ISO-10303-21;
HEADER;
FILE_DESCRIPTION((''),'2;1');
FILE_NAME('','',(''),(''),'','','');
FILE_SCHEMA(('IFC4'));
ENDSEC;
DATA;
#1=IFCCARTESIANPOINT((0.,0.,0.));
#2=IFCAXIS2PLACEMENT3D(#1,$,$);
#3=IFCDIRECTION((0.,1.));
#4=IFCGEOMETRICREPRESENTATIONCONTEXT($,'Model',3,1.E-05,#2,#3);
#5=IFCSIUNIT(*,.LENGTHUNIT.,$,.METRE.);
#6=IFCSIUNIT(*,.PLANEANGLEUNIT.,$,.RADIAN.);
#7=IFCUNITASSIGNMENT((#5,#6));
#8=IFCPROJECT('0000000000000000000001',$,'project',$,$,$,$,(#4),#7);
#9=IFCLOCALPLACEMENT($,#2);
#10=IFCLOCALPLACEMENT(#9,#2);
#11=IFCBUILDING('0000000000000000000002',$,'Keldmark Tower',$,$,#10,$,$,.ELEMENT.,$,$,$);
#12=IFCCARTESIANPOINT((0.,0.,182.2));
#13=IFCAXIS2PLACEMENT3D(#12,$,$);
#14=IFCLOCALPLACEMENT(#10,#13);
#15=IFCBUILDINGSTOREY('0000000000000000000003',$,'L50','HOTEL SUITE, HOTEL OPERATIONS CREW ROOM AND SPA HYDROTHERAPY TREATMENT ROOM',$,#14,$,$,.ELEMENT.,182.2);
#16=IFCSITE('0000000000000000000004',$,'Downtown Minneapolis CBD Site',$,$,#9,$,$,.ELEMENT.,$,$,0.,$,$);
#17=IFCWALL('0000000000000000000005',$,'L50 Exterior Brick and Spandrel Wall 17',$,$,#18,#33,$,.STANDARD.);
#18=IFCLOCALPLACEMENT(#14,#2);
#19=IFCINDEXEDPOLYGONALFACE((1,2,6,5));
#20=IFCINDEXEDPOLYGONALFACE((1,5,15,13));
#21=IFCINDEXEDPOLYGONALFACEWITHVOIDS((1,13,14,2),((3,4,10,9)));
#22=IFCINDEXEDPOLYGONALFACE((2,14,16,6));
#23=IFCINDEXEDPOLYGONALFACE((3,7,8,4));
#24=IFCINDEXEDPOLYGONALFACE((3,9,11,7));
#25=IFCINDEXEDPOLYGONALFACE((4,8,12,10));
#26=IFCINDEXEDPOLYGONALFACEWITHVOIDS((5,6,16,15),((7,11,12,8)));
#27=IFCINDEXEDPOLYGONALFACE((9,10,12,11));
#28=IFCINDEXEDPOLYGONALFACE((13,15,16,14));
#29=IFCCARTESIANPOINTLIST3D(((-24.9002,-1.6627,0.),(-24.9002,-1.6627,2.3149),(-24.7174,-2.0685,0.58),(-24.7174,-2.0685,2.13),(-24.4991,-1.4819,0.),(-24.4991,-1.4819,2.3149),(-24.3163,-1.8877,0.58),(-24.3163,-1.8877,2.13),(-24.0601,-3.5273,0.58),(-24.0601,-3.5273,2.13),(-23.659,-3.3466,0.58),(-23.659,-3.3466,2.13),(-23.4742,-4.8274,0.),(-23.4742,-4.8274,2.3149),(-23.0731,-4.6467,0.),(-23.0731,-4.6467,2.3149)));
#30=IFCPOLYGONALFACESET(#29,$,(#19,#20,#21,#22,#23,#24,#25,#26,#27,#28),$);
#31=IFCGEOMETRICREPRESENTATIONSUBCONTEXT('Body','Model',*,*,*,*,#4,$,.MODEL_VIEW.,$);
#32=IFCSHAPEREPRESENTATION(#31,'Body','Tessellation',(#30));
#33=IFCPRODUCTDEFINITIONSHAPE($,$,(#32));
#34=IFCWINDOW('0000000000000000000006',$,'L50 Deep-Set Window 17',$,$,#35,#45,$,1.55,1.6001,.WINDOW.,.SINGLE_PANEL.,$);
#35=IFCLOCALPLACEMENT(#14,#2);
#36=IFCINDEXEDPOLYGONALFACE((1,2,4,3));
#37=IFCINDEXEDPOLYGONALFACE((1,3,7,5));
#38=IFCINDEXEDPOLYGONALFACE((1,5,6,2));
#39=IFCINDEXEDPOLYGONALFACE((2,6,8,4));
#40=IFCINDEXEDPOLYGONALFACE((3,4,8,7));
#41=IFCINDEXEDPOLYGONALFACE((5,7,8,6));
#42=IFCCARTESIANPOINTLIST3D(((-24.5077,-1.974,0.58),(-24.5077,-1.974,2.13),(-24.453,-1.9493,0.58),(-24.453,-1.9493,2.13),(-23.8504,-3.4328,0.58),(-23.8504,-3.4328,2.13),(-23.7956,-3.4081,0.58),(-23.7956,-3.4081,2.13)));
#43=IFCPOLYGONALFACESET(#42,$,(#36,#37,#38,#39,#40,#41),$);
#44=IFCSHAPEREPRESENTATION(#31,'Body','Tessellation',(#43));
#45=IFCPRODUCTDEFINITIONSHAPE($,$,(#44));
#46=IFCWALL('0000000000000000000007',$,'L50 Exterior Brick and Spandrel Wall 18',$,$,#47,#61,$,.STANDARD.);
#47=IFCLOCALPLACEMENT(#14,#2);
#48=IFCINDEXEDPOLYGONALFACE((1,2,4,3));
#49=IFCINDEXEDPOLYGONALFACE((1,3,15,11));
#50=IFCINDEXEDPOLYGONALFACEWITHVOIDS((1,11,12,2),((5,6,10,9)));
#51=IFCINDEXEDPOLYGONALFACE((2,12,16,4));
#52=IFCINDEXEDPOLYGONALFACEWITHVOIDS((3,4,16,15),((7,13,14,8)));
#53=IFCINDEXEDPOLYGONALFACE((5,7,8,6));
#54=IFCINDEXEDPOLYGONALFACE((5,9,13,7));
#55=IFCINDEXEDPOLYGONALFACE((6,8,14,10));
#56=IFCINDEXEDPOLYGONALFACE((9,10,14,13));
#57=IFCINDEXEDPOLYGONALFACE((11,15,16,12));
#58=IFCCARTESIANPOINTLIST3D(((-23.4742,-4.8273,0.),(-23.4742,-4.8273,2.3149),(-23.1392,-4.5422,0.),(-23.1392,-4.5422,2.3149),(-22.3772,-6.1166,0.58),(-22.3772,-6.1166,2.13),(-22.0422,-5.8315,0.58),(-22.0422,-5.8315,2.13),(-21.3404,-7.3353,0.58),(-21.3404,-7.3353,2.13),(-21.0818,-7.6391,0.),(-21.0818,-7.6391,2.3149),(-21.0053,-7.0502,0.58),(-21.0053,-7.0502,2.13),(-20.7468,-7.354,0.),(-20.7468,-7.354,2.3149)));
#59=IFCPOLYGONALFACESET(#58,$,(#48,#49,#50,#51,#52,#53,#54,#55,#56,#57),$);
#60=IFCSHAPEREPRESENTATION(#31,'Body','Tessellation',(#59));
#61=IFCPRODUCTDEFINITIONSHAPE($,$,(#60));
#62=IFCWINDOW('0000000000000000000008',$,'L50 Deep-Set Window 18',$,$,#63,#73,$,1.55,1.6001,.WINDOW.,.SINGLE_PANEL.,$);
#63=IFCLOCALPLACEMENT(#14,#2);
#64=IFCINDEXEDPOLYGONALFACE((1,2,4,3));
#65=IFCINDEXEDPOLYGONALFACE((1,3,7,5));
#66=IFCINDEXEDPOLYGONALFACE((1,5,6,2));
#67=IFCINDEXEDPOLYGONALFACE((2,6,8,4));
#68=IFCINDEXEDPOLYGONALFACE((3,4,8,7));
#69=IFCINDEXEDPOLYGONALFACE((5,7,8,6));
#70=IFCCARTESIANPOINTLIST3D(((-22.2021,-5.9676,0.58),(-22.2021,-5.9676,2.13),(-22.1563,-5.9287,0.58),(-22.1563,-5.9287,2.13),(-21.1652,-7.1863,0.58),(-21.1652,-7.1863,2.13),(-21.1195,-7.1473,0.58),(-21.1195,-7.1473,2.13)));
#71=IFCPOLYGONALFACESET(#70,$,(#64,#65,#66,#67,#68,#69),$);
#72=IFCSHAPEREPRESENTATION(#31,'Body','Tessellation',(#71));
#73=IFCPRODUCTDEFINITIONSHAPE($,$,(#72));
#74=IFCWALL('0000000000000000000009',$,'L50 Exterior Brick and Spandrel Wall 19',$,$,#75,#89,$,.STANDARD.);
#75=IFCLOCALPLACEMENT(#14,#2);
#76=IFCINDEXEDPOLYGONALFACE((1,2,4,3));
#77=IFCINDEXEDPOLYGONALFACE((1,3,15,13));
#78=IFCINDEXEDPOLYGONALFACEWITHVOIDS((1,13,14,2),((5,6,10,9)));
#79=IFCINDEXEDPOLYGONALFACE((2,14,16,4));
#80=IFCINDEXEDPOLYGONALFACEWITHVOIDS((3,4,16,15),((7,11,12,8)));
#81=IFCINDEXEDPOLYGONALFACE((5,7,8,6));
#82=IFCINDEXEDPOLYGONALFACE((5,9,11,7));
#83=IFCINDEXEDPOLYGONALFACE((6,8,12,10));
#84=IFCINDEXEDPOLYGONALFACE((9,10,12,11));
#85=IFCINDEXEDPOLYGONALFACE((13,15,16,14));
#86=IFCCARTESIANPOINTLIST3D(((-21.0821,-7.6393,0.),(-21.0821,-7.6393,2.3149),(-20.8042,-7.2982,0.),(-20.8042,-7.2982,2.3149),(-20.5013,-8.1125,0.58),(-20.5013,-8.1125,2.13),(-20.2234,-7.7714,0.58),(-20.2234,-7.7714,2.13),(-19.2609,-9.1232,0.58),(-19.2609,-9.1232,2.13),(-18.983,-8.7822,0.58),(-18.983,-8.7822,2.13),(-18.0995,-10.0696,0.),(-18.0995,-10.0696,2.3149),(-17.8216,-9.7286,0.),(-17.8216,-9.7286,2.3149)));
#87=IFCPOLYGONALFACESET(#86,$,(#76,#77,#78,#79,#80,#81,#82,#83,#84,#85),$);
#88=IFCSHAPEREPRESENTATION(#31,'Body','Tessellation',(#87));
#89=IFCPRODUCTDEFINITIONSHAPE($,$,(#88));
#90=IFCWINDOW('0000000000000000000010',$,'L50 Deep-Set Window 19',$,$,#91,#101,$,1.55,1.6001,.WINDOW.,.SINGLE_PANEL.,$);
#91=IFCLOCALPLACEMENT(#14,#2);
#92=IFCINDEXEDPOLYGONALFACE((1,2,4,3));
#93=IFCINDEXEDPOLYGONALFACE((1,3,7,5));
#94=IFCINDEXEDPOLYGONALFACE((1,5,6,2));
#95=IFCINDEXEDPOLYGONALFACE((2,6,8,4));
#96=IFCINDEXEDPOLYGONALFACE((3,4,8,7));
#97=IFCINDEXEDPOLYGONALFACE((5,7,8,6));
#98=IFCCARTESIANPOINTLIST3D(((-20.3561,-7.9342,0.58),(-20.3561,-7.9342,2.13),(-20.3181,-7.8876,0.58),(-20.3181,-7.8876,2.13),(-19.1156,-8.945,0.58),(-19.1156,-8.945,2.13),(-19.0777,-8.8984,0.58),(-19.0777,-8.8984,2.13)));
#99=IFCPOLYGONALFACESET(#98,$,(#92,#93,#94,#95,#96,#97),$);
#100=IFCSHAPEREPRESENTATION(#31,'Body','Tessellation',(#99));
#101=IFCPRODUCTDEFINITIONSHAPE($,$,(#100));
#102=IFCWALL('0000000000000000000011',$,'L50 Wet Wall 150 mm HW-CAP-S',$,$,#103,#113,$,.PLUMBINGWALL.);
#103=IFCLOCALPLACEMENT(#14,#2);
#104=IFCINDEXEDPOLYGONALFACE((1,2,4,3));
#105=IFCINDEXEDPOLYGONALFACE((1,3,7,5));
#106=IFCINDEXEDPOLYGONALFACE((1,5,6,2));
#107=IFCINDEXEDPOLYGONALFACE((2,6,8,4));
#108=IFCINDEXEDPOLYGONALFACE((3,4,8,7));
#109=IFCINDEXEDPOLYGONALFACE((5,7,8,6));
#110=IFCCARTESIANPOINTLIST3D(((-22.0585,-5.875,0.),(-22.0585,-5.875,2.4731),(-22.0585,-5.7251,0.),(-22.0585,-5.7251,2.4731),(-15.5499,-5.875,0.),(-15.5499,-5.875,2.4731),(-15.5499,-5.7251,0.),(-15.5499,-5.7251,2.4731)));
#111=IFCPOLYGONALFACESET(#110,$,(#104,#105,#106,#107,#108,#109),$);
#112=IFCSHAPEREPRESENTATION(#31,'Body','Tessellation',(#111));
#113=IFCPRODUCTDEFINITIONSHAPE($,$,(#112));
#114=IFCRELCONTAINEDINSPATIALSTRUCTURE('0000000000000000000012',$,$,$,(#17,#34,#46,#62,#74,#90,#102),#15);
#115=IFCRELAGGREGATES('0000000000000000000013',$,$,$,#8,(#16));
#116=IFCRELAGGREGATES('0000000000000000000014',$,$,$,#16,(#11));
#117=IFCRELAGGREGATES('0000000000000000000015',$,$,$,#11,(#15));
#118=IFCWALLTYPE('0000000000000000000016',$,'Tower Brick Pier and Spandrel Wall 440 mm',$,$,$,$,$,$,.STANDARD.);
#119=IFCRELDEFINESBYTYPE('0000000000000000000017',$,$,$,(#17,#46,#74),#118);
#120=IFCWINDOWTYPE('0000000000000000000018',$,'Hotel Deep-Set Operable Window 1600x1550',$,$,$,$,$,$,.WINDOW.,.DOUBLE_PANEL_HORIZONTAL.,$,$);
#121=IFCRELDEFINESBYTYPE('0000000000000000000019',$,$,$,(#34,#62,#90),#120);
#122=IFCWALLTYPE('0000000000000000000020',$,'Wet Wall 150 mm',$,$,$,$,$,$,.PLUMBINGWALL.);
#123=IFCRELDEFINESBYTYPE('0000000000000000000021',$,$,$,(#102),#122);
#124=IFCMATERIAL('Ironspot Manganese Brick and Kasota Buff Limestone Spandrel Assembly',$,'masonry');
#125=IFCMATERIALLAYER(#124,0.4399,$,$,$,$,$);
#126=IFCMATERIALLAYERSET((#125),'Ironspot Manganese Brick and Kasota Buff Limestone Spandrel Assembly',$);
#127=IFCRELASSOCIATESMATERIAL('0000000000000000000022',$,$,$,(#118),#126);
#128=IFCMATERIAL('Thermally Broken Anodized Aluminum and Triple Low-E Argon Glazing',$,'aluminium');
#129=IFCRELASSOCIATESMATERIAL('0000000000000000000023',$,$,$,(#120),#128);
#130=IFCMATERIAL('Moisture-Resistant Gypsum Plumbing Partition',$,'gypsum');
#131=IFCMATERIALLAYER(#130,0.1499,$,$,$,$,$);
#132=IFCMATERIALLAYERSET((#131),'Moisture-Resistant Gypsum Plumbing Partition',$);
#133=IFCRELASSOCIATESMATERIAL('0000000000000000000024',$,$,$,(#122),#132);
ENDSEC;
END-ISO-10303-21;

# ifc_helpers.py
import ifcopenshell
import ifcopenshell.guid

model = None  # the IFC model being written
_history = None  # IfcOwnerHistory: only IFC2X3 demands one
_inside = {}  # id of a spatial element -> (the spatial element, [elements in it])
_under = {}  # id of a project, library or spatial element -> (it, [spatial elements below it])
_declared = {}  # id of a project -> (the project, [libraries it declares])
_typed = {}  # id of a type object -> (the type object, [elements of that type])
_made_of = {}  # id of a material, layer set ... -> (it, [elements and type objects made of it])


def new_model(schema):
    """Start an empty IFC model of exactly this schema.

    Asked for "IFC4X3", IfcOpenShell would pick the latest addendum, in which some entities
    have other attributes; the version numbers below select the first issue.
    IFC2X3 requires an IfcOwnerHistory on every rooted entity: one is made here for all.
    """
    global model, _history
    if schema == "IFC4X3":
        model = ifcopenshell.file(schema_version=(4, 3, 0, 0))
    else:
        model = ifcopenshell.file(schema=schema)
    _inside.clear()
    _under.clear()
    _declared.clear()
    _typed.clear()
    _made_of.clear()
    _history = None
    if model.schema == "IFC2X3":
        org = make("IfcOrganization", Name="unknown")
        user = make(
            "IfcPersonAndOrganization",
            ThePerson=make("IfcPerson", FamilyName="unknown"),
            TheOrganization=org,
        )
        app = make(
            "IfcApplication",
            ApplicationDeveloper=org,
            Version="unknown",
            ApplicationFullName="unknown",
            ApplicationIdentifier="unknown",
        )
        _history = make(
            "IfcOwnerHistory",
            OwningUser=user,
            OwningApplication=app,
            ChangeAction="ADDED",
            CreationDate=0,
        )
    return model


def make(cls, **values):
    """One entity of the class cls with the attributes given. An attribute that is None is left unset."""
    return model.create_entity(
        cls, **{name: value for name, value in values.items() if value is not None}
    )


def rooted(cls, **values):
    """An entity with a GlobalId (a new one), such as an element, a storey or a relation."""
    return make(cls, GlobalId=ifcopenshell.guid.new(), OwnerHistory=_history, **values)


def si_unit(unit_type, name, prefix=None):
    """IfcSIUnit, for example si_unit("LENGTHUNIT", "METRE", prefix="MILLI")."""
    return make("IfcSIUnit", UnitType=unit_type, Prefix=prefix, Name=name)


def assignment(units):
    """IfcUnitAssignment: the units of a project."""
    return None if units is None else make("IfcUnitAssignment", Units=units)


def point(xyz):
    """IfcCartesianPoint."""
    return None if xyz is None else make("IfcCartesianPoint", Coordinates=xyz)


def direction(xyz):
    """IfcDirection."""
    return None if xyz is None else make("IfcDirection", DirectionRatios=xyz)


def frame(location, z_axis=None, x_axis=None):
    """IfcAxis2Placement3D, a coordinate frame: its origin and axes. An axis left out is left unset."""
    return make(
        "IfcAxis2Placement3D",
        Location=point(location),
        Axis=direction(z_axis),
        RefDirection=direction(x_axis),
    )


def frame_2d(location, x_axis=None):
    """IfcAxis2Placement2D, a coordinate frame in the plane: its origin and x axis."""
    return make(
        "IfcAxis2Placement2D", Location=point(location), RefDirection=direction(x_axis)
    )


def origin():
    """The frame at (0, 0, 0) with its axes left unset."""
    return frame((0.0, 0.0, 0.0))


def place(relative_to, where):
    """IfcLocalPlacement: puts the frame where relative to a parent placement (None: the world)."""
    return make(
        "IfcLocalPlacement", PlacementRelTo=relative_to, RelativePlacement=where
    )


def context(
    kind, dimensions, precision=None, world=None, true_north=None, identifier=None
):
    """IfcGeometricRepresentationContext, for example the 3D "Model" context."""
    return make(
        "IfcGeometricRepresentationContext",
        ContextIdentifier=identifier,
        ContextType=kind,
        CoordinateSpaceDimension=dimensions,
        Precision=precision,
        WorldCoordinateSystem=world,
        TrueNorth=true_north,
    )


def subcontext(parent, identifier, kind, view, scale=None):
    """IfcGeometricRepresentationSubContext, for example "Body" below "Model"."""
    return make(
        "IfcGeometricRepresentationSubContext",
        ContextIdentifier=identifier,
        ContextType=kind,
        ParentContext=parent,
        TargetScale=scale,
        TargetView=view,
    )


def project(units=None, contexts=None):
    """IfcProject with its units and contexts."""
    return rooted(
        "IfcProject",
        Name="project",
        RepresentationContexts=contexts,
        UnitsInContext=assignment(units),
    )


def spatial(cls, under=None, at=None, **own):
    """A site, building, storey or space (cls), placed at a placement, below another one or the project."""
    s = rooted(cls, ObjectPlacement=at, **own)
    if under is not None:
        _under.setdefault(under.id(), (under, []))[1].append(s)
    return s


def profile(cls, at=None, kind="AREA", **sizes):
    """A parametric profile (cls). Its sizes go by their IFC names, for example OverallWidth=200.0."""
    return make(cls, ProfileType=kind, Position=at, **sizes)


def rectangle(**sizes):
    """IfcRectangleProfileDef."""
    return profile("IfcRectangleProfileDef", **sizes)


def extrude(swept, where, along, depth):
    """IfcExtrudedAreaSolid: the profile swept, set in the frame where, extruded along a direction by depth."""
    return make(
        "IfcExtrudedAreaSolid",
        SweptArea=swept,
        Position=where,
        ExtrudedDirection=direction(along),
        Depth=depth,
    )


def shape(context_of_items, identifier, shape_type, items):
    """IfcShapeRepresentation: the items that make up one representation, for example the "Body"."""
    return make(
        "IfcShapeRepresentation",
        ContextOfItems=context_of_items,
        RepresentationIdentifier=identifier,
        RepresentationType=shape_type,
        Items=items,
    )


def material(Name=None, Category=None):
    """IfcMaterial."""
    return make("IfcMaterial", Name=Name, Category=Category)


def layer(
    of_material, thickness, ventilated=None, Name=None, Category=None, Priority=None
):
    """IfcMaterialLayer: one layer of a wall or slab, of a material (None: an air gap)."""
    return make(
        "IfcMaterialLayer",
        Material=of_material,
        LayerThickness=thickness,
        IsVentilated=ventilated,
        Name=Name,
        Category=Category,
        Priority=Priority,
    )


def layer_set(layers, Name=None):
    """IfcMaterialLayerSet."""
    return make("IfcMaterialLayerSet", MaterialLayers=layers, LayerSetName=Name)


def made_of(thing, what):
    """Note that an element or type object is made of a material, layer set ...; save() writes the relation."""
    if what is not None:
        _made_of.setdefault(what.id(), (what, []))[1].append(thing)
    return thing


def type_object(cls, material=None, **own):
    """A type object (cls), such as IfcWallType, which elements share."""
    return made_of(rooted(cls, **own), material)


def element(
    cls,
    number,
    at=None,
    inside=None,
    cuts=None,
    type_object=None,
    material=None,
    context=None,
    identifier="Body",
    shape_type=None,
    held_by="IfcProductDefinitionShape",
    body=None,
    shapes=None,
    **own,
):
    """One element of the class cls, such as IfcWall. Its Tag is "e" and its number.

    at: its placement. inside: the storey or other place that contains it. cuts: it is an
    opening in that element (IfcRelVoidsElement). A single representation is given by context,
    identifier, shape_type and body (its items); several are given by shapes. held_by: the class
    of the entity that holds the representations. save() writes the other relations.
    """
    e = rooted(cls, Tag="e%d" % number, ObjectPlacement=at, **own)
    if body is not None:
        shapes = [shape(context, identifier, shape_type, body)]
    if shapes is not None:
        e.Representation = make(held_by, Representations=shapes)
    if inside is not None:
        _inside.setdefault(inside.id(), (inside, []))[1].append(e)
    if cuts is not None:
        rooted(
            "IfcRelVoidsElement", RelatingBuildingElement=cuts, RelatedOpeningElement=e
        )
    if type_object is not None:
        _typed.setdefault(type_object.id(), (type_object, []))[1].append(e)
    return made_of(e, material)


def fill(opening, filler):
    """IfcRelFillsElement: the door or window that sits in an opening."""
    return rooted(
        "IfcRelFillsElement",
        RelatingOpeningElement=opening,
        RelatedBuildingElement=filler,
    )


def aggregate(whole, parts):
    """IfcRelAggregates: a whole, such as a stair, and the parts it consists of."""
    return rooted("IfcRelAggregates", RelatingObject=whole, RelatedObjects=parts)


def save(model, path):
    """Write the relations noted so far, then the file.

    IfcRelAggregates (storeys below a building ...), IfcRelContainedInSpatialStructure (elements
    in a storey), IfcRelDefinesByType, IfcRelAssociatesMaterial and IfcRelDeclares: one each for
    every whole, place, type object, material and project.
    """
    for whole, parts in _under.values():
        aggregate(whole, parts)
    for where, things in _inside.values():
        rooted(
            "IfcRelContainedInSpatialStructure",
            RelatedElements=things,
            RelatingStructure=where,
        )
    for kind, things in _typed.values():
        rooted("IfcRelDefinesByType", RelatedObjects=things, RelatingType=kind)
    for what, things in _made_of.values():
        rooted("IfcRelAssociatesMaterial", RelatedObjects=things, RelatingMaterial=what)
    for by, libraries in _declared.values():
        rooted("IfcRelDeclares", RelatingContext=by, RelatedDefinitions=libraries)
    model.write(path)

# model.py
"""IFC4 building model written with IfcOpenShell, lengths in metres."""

from ifc_helpers import new_model, si_unit, direction, frame, frame_2d, origin, place, context, subcontext, project, spatial, rectangle, extrude, material, layer, layer_set, type_object, element, fill, save


model = new_model("IFC4")

# Units and contexts
model_context = context("Model", 3, precision=1e-05, world=origin(), true_north=direction((0.0, 1.0)))
body_context = subcontext(model_context, "Body", "Model", "MODEL_VIEW")
ifc_project = project(units=[si_unit("LENGTHUNIT", "METRE"), si_unit("PLANEANGLEUNIT", "RADIAN")], contexts=[model_context])

# Site, building, storey
site_placement = place(None, origin())
site = spatial("IfcSite", under=ifc_project, at=site_placement, Name="Downtown Minneapolis CBD Site", CompositionType="ELEMENT", RefElevation=0.0)
building_placement = place(site_placement, origin())
building = spatial("IfcBuilding", under=site, at=building_placement, Name="Keldmark Tower", CompositionType="ELEMENT")
storey_placement = place(building_placement, frame((0.0, 0.0, 182.2)))
storey = spatial("IfcBuildingStorey", under=building, at=storey_placement, Name="L50", Description="HOTEL SUITE, HOTEL OPERATIONS CREW ROOM AND SPA HYDROTHERAPY TREATMENT ROOM", CompositionType="ELEMENT", Elevation=182.2)

# Walls, openings, windows
ifc_material_1 = material(Name="Ironspot Manganese Brick and Kasota Buff Limestone Spandrel Assembly", Category="masonry")
ifc_layer_1 = layer(ifc_material_1, 0.4399)
ifc_layer_set_1 = layer_set([ifc_layer_1], Name="Ironspot Manganese Brick and Kasota Buff Limestone Spandrel Assembly")
wall_type_1 = type_object("IfcWallType", Name="Tower Brick Pier and Spandrel Wall 440 mm", PredefinedType="STANDARD", material=ifc_layer_set_1)
wall_1_placement = place(storey_placement, frame((-23.2737, -4.7371, 0.0), z_axis=(0.0, 0.0, 1.0), x_axis=(-0.410812, 0.91172, 0.0)))
wall_1 = element("IfcWall", 1, at=wall_1_placement, inside=storey, type_object=wall_type_1, Name="L50 Exterior Brick and Spandrel Wall 17", PredefinedType="STANDARD", context=body_context, shape_type="SweptSolid", body=[
    extrude(rectangle(XDim=3.4712, YDim=0.4399, at=frame_2d((1.7356, 0.0))), origin(), (0.0, 0.0, 1.0), 2.3149),
])
opening_1_placement = place(wall_1_placement, frame((1.426, 0.0, 0.5801)))
opening_1 = element("IfcOpeningElement", 2, at=opening_1_placement, cuts=wall_1, PredefinedType="OPENING", context=body_context, shape_type="SweptSolid", body=[
    extrude(rectangle(XDim=1.6001, YDim=1.55, at=frame_2d((0.8, 0.7749))), frame((0.0, 0.23, 0.0), z_axis=(0.0, -1.0, 0.0), x_axis=(1.0, 0.0, 0.0)), (0.0, 0.0, 1.0), 0.46),
])
ifc_material_2 = material(Name="Thermally Broken Anodized Aluminum and Triple Low-E Argon Glazing", Category="aluminium")
window_type = type_object("IfcWindowType", Name="Hotel Deep-Set Operable Window 1600x1550", PartitioningType="DOUBLE_PANEL_HORIZONTAL", PredefinedType="WINDOW", material=ifc_material_2)
window_1_placement = place(opening_1_placement, origin())
window_1 = element("IfcWindow", 3, at=window_1_placement, inside=storey, type_object=window_type, Name="L50 Deep-Set Window 17", OverallHeight=1.55, OverallWidth=1.6001, PartitioningType="SINGLE_PANEL", PredefinedType="WINDOW", context=body_context, shape_type="SweptSolid", body=[
    extrude(rectangle(XDim=1.6001, YDim=1.55, at=frame_2d((0.8, 0.7749))), frame((0.0, -0.01, 0.0), z_axis=(0.0, -1.0, 0.0), x_axis=(1.0, 0.0, 0.0)), (0.0, 0.0, 1.0), 0.0601),
])
fill(opening_1, window_1)
wall_2_placement = place(storey_placement, frame((-20.9143, -7.4966, 0.0), z_axis=(0.0, 0.0, 1.0), x_axis=(-0.648015, 0.761628, 0.0)))
wall_2 = element("IfcWall", 4, at=wall_2_placement, inside=storey, type_object=wall_type_1, Name="L50 Exterior Brick and Spandrel Wall 18", PredefinedType="STANDARD", context=body_context, shape_type="SweptSolid", body=[
    extrude(rectangle(XDim=3.6919, YDim=0.4399, at=frame_2d((1.8459, 0.0))), origin(), (0.0, 0.0, 1.0), 2.3149),
])
opening_2_placement = place(wall_2_placement, frame((0.3989, 0.0, 0.5801)))
opening_2 = element("IfcOpeningElement", 5, at=opening_2_placement, cuts=wall_2, PredefinedType="OPENING", context=body_context, shape_type="SweptSolid", body=[
    extrude(rectangle(XDim=1.6001, YDim=1.55, at=frame_2d((0.8, 0.7749))), frame((0.0, 0.23, 0.0), z_axis=(0.0, -1.0, 0.0), x_axis=(1.0, 0.0, 0.0)), (0.0, 0.0, 1.0), 0.46),
])
window_2_placement = place(opening_2_placement, origin())
window_2 = element("IfcWindow", 6, at=window_2_placement, inside=storey, type_object=window_type, Name="L50 Deep-Set Window 18", OverallHeight=1.55, OverallWidth=1.6001, PartitioningType="SINGLE_PANEL", PredefinedType="WINDOW", context=body_context, shape_type="SweptSolid", body=[
    extrude(rectangle(XDim=1.6001, YDim=1.55, at=frame_2d((0.8, 0.7749))), frame((0.0, -0.01, 0.0), z_axis=(0.0, -1.0, 0.0), x_axis=(1.0, 0.0, 0.0)), (0.0, 0.0, 1.0), 0.0601),
])
fill(opening_2, window_2)
wall_3_placement = place(storey_placement, frame((-17.9604, -9.8992, 0.0), z_axis=(0.0, 0.0, 1.0), x_axis=(-0.775222, 0.631688, 0.0)))
wall_3 = element("IfcWall", 7, at=wall_3_placement, inside=storey, type_object=wall_type_1, Name="L50 Exterior Brick and Spandrel Wall 19", PredefinedType="STANDARD", context=body_context, shape_type="SweptSolid", body=[
    extrude(rectangle(XDim=3.8474, YDim=0.4399, at=frame_2d((1.9238, 0.0))), origin(), (0.0, 0.0, 1.0), 2.3149),
])
opening_3_placement = place(wall_3_placement, frame((1.4983, 0.0, 0.5801)))
opening_3 = element("IfcOpeningElement", 8, at=opening_3_placement, cuts=wall_3, PredefinedType="OPENING", context=body_context, shape_type="SweptSolid", body=[
    extrude(rectangle(XDim=1.6001, YDim=1.55, at=frame_2d((0.8, 0.7749))), frame((0.0, 0.23, 0.0), z_axis=(0.0, -1.0, 0.0), x_axis=(1.0, 0.0, 0.0)), (0.0, 0.0, 1.0), 0.46),
])
window_3_placement = place(opening_3_placement, origin())
window_3 = element("IfcWindow", 9, at=window_3_placement, inside=storey, type_object=window_type, Name="L50 Deep-Set Window 19", OverallHeight=1.55, OverallWidth=1.6001, PartitioningType="SINGLE_PANEL", PredefinedType="WINDOW", context=body_context, shape_type="SweptSolid", body=[
    extrude(rectangle(XDim=1.6001, YDim=1.55, at=frame_2d((0.8, 0.7749))), frame((0.0, -0.01, 0.0), z_axis=(0.0, -1.0, 0.0), x_axis=(1.0, 0.0, 0.0)), (0.0, 0.0, 1.0), 0.0601),
])
fill(opening_3, window_3)

# Wall
ifc_material_3 = material(Name="Moisture-Resistant Gypsum Plumbing Partition", Category="gypsum")
ifc_layer_2 = layer(ifc_material_3, 0.1499)
ifc_layer_set_2 = layer_set([ifc_layer_2], Name="Moisture-Resistant Gypsum Plumbing Partition")
wall_type_2 = type_object("IfcWallType", Name="Wet Wall 150 mm", PredefinedType="PLUMBINGWALL", material=ifc_layer_set_2)
wall_4_placement = place(storey_placement, frame((-22.0586, -5.8, 0.0), z_axis=(0.0, 0.0, 1.0), x_axis=(1.0, 0.0, 0.0)))
element("IfcWall", 10, at=wall_4_placement, inside=storey, type_object=wall_type_2, Name="L50 Wet Wall 150 mm HW-CAP-S", PredefinedType="PLUMBINGWALL", context=body_context, shape_type="SweptSolid", body=[
    extrude(rectangle(XDim=6.5085, YDim=0.1499, at=frame_2d((3.2544, 0.0))), origin(), (0.0, 0.0, 1.0), 2.4731),
])

save(model, "model.ifc")
